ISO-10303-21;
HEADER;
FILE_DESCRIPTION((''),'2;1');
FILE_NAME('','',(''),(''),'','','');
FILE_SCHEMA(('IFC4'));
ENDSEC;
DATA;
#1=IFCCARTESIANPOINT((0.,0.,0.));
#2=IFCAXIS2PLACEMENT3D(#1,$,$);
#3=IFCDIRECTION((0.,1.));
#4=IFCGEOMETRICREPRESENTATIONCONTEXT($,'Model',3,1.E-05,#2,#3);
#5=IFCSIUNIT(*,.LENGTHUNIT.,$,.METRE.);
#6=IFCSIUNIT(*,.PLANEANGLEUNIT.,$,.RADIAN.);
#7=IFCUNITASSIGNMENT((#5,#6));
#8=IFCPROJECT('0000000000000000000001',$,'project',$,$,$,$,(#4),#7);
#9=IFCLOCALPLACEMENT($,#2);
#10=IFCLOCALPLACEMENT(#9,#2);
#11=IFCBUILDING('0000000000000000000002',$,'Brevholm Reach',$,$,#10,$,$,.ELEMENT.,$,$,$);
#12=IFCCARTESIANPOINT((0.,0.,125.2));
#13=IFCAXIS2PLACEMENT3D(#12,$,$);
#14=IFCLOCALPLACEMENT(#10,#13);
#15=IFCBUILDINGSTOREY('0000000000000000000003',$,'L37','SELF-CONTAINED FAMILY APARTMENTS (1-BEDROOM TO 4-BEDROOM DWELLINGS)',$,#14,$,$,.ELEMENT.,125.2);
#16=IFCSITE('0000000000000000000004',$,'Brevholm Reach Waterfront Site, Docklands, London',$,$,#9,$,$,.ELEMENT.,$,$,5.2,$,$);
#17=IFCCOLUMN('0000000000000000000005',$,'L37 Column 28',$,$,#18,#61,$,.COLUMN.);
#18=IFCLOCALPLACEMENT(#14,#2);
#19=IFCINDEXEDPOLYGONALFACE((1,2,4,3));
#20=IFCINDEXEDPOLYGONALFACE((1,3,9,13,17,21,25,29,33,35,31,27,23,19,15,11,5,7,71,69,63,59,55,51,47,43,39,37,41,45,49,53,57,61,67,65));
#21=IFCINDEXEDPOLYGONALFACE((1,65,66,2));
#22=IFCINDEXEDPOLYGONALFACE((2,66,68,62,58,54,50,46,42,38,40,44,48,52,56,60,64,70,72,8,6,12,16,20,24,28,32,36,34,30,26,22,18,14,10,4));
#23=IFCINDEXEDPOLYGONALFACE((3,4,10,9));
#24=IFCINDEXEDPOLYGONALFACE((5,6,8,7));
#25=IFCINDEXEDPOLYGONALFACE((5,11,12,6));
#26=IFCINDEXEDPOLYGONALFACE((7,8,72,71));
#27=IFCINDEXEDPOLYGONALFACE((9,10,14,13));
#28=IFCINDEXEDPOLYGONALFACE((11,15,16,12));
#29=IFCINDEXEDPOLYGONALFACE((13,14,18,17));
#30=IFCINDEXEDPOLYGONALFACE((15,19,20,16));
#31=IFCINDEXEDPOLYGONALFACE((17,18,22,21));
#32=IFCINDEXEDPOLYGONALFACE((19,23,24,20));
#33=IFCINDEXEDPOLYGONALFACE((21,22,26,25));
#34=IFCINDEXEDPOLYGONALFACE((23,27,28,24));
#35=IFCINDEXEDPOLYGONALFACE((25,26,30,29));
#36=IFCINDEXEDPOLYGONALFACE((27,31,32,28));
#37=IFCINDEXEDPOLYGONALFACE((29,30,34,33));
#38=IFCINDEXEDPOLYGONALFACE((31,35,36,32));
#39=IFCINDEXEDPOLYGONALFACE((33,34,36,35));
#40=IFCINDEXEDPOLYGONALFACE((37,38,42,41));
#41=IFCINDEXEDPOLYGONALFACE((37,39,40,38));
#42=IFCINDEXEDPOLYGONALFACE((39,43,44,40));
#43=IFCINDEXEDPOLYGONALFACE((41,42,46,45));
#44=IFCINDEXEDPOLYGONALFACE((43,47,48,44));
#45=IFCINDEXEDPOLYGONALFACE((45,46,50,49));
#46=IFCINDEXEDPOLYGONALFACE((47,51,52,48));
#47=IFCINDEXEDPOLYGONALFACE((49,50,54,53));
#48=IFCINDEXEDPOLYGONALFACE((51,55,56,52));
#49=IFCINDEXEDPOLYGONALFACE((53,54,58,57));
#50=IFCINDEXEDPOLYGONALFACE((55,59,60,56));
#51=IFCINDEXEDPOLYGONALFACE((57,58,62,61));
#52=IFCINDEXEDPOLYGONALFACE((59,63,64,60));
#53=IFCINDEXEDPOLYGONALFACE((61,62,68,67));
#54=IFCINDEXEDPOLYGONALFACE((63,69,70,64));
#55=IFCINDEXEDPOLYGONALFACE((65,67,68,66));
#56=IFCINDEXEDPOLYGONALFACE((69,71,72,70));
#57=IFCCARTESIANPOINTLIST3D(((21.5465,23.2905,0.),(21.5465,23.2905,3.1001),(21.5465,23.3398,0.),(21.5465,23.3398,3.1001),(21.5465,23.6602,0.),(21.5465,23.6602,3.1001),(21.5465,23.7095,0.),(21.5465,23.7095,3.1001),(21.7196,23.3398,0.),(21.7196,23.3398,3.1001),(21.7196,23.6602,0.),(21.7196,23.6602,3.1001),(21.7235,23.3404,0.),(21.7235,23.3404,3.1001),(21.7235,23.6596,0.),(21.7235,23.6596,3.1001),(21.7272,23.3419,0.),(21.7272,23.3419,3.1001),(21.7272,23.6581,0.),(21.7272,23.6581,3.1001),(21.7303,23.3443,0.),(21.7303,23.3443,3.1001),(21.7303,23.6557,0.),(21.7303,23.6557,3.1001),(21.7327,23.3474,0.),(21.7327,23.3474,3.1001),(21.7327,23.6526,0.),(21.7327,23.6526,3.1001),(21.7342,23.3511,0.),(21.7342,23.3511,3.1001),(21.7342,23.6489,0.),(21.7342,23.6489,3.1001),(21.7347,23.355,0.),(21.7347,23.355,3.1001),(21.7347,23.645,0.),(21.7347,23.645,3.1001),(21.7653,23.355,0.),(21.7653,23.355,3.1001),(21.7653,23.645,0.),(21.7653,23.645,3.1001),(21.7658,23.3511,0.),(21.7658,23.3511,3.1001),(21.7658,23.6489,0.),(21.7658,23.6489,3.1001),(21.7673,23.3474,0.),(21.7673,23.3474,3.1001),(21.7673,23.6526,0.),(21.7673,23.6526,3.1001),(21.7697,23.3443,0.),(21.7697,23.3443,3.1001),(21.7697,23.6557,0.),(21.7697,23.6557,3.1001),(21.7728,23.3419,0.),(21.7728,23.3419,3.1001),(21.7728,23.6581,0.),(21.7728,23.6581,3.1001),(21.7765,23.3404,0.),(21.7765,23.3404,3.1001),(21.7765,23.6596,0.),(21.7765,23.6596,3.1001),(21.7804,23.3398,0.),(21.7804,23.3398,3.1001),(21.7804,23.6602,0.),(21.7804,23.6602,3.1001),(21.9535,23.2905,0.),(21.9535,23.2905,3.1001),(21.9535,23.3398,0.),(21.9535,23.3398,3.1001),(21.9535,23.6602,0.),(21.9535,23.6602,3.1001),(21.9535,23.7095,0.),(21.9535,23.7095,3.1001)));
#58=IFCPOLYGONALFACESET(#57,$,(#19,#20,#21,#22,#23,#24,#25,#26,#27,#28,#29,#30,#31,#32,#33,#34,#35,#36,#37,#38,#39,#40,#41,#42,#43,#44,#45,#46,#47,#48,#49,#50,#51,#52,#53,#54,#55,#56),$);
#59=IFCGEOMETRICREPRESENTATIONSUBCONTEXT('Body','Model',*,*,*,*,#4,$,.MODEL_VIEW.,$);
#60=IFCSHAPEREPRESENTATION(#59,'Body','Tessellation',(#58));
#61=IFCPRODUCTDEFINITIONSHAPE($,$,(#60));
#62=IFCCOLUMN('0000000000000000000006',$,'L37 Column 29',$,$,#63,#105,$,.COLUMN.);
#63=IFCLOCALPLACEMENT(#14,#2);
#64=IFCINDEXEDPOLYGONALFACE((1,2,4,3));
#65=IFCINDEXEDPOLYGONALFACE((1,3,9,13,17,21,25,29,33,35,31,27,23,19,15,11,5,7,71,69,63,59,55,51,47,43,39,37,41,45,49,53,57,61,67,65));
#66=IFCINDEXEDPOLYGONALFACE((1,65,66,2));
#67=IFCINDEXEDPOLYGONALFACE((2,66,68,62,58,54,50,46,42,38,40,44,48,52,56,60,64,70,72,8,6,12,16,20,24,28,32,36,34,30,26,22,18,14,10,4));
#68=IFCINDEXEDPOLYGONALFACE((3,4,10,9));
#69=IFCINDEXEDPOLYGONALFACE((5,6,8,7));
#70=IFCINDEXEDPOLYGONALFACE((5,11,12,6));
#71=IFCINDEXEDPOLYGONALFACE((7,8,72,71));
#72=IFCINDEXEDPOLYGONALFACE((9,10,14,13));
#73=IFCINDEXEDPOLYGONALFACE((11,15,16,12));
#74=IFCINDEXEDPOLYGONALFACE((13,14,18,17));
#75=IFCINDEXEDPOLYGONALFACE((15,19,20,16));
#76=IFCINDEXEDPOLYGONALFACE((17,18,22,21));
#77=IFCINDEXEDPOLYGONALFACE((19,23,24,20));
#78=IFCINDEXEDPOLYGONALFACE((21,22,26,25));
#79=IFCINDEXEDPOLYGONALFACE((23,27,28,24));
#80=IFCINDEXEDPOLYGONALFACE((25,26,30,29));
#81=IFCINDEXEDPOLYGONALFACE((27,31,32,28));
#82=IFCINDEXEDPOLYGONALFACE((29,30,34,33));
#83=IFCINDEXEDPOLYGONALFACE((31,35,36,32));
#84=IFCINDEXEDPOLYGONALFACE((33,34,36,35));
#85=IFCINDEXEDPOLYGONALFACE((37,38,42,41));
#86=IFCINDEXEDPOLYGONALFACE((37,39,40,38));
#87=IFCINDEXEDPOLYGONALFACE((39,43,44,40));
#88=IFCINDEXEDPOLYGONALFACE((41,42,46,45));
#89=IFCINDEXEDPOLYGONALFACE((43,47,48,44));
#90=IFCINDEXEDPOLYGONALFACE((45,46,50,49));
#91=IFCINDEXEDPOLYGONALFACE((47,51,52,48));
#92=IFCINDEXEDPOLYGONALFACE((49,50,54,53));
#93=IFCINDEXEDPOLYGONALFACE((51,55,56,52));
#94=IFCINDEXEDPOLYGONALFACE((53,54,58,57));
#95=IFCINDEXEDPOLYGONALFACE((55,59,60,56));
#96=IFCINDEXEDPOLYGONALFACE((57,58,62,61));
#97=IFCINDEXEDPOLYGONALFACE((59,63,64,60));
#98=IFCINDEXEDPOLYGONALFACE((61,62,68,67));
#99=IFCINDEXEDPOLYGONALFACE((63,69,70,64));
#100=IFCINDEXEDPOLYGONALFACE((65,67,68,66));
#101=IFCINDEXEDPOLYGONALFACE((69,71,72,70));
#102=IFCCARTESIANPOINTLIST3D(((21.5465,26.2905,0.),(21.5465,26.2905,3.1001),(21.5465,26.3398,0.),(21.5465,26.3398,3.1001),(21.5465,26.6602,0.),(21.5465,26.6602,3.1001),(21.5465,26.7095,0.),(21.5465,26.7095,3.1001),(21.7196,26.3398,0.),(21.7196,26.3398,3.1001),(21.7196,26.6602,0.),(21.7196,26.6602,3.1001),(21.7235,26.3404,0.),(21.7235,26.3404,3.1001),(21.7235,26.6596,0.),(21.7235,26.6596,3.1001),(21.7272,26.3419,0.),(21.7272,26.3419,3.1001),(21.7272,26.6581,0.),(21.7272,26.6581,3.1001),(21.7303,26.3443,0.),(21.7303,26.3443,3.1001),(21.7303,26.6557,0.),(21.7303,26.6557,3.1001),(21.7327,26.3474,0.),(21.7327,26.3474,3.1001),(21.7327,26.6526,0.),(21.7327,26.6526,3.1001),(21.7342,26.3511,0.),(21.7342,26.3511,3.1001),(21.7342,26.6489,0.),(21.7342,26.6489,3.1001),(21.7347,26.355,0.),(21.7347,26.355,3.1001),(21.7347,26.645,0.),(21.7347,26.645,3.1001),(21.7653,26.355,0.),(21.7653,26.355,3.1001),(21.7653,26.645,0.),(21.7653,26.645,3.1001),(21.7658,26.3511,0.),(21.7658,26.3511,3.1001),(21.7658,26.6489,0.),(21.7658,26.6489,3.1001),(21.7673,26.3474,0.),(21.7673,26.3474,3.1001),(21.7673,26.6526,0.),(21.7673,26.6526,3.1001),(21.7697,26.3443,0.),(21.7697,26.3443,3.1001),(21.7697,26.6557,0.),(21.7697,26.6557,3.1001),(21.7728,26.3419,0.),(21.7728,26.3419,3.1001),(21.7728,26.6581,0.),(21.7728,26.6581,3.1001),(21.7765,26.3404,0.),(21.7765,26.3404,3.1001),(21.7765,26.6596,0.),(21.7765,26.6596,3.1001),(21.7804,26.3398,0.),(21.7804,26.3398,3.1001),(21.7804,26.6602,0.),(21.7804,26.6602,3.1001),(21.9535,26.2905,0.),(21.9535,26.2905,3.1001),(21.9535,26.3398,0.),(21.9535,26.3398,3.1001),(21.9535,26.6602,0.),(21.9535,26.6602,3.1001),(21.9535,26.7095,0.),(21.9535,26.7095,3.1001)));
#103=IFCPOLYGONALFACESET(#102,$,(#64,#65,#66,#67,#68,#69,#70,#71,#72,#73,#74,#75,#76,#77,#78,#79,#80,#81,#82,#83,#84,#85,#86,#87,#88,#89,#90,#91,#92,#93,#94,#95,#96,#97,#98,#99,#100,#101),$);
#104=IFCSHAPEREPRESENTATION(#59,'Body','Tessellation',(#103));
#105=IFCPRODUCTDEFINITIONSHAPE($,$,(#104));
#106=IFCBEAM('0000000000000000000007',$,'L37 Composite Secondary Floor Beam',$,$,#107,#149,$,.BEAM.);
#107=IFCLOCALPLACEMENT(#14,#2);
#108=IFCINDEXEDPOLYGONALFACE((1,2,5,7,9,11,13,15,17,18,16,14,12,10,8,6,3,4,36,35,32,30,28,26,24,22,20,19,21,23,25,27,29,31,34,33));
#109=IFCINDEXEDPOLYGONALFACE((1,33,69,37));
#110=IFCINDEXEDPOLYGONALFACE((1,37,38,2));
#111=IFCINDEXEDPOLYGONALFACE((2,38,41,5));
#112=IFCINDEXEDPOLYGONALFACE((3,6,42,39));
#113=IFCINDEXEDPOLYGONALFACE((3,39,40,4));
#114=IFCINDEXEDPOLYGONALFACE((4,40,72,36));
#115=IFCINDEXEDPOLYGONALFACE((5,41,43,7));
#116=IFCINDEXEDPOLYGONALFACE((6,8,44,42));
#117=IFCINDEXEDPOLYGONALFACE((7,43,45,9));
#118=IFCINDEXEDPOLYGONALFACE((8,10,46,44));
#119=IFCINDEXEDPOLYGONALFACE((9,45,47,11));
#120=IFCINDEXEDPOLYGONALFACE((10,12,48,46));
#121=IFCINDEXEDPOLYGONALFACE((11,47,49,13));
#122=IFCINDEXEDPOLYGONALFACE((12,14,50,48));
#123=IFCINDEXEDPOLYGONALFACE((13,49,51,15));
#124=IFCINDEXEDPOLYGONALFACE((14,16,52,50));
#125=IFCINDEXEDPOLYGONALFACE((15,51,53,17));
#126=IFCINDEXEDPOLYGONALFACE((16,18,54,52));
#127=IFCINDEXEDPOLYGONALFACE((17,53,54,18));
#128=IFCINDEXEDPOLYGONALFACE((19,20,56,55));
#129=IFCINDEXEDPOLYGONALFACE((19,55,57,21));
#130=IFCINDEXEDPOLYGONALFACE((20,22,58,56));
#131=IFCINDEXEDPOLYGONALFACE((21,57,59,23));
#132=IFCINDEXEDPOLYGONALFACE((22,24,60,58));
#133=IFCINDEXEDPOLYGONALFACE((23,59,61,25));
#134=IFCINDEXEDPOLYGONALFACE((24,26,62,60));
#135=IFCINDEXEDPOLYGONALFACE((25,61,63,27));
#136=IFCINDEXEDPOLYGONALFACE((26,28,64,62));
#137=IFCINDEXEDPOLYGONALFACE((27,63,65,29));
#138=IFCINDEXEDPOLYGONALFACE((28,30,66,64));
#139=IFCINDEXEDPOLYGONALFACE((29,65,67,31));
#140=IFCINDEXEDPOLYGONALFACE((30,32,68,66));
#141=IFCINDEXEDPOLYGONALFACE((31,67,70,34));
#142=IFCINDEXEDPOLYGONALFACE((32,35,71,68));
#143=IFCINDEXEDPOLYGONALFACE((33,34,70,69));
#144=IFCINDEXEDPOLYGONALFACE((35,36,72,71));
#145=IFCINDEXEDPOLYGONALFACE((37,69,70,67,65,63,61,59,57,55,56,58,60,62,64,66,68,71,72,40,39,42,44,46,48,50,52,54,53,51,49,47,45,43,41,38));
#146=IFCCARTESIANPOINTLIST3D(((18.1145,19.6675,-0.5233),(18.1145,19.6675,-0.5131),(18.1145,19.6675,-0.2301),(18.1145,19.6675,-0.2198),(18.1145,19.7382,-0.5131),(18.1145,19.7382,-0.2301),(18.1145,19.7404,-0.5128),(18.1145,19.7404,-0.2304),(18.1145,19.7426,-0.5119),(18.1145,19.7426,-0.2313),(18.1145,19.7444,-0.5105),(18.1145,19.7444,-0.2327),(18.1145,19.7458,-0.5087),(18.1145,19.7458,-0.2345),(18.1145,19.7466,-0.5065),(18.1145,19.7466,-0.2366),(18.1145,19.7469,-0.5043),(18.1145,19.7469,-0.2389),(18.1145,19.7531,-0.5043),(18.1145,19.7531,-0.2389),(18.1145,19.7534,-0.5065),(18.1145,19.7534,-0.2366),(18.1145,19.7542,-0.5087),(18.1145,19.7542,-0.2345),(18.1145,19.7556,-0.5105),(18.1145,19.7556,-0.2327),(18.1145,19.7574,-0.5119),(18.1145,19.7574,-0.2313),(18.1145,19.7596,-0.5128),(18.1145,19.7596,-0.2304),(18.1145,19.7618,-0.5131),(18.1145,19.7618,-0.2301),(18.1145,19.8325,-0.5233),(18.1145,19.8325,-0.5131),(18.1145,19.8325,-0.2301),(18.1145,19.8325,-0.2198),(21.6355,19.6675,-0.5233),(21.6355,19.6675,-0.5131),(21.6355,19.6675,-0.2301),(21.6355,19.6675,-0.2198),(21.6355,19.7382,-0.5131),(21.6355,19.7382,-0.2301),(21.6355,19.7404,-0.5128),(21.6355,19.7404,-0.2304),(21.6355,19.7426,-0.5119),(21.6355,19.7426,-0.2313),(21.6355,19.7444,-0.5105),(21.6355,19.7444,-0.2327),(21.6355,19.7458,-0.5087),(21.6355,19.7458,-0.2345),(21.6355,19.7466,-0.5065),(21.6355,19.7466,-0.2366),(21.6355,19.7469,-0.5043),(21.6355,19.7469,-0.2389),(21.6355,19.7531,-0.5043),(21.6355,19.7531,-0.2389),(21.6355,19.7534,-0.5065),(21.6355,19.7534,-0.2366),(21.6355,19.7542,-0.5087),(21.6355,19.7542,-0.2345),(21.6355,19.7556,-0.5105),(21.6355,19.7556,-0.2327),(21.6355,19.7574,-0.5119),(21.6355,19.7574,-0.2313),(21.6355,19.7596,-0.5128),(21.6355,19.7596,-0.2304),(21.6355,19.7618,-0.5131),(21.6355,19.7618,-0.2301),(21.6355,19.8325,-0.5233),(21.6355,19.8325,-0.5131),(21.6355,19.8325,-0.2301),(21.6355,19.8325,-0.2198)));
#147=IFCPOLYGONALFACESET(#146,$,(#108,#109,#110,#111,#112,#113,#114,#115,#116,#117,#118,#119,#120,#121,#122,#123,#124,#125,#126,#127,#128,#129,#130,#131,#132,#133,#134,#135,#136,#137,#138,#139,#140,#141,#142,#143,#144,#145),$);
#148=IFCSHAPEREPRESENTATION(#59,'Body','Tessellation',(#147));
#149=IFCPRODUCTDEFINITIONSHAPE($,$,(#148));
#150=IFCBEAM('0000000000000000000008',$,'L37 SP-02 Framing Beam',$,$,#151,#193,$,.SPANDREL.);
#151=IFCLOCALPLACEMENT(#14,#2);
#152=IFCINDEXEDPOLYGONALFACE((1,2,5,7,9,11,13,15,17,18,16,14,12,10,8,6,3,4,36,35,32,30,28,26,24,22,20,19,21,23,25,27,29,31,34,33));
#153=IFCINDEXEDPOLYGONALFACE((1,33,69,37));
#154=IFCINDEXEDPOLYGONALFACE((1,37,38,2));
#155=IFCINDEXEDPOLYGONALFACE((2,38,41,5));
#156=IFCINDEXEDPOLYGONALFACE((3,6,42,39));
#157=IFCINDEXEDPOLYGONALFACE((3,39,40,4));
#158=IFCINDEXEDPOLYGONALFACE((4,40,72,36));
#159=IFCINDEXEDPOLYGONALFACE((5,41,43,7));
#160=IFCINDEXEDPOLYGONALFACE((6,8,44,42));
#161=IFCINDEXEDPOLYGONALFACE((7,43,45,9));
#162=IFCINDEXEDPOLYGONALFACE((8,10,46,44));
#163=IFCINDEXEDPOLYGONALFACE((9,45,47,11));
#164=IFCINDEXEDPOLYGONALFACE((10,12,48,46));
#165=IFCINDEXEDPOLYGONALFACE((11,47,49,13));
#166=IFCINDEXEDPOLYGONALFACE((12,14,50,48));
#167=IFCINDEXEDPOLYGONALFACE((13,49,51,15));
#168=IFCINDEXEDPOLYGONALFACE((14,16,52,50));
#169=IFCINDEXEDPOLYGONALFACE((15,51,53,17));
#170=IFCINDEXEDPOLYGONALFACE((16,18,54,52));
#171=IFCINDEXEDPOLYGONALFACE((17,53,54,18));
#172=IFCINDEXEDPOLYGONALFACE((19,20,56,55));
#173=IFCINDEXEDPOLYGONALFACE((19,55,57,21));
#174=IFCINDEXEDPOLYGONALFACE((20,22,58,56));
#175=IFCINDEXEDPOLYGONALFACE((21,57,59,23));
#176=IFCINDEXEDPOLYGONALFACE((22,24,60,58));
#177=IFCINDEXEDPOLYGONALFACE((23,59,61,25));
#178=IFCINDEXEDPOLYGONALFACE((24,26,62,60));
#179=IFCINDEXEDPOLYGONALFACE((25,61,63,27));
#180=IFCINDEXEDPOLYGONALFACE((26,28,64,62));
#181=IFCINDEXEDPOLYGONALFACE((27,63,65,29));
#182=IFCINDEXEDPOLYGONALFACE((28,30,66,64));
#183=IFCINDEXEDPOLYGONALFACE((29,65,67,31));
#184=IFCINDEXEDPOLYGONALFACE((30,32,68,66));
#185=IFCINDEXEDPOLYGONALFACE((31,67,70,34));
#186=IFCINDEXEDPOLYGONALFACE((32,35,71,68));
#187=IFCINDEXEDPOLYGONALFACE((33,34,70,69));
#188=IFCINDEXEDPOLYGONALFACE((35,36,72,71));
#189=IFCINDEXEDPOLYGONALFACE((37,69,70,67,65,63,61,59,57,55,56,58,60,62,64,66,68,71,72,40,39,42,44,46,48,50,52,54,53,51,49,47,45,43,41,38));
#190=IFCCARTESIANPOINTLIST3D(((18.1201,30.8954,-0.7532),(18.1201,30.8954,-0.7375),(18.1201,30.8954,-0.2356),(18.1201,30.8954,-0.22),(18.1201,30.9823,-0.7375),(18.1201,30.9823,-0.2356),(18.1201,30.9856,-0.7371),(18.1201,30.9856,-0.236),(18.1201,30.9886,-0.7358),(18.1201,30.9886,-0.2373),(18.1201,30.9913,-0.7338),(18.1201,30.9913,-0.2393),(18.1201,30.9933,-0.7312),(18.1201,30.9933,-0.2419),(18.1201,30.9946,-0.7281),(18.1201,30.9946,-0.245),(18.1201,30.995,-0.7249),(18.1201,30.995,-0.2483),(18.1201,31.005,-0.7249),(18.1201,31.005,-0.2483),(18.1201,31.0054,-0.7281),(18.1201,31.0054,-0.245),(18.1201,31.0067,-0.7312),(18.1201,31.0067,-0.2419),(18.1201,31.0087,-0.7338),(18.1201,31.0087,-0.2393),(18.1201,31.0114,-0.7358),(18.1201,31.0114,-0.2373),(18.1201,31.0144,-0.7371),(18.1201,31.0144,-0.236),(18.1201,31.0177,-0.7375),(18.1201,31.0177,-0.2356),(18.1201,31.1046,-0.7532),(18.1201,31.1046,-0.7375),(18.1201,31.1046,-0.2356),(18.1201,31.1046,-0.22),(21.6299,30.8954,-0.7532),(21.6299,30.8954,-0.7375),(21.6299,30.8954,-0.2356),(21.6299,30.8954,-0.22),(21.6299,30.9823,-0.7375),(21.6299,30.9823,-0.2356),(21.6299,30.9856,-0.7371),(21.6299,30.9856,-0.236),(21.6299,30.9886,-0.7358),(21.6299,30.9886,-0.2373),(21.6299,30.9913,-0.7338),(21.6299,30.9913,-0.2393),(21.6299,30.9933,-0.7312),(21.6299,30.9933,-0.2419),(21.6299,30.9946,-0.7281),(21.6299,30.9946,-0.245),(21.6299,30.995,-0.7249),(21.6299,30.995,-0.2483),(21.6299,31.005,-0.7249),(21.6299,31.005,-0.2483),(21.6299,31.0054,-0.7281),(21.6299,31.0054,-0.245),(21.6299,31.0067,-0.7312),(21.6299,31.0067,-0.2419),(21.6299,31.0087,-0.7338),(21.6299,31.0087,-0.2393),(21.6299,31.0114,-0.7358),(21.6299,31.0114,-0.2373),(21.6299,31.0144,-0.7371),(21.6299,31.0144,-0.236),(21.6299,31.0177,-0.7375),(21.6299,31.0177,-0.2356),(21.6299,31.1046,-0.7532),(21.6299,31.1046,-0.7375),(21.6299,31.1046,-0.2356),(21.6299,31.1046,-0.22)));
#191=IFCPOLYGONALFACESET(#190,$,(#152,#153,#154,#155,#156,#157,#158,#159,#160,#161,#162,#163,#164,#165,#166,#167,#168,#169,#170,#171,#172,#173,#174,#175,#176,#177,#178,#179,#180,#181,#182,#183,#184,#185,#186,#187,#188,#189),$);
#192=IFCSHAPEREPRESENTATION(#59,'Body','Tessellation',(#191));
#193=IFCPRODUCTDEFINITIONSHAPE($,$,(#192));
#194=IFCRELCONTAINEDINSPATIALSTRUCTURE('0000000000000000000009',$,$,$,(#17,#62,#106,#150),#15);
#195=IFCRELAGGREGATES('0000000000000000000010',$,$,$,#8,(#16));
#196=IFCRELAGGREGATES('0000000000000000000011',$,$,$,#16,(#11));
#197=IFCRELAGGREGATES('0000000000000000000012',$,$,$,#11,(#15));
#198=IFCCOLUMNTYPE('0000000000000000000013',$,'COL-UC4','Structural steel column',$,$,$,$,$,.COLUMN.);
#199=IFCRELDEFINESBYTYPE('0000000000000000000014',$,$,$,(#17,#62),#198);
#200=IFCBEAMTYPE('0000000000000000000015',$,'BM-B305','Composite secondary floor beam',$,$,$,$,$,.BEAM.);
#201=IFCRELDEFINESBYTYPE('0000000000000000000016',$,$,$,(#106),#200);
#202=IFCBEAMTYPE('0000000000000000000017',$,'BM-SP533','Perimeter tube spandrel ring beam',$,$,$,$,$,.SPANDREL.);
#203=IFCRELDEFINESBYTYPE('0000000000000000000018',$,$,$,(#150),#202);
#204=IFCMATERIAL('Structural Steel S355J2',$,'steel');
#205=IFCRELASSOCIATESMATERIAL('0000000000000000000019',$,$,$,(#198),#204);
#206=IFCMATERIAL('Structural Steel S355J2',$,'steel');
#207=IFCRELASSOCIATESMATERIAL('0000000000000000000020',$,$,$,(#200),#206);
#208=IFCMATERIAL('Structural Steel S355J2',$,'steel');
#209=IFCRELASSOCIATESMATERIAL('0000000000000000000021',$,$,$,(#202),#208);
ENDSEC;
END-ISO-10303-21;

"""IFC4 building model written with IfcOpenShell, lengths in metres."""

from ifc_helpers import new_model, si_unit, direction, frame, origin, origin_2d, place, context, subcontext, project, spatial, i_section, extrude, material, material_profile, profile_set, type_object, element, save


model = new_model("IFC4")

# Units and contexts
model_context = context("Model", 3, precision=1e-05, world=origin(), true_north=direction((0.0, 1.0)))
body_context = subcontext(model_context, "Body", "Model", "MODEL_VIEW")
ifc_project = project(units=[si_unit("LENGTHUNIT", "METRE"), si_unit("PLANEANGLEUNIT", "RADIAN")], contexts=[model_context])

# Site, building, storey
site_placement = place(None, origin())
site = spatial("IfcSite", under=ifc_project, at=site_placement, Name="Brevholm Reach Waterfront Site, Docklands, London", CompositionType="ELEMENT", RefElevation=5.2)
building_placement = place(site_placement, origin())
building = spatial("IfcBuilding", under=site, at=building_placement, Name="Brevholm Reach", CompositionType="ELEMENT")
storey_placement = place(building_placement, frame((0.0, 0.0, 125.2)))
storey = spatial("IfcBuildingStorey", under=building, at=storey_placement, Name="L37", Description="SELF-CONTAINED FAMILY APARTMENTS (1-BEDROOM TO 4-BEDROOM DWELLINGS)", CompositionType="ELEMENT", Elevation=125.2)

# Columns
ifc_material_1 = material(Name="Structural Steel S355J2", Category="steel")
ifc_material_profile_1 = material_profile(ifc_material_1, i_section(OverallWidth=0.407, OverallDepth=0.4189, WebThickness=0.0305, FlangeThickness=0.0493, FilletRadius=0.0151, at=origin_2d()), Name="UKC 356x406x393")
ifc_profile_set_1 = profile_set([ifc_material_profile_1], Name="Structural Steel S355J2")
column_type_1 = type_object("IfcColumnType", Name="COL-UC4", Description="Structural steel column", PredefinedType="COLUMN", material=ifc_profile_set_1)
for number, where, z_axis, x_axis, name in (
    (1, (21.75, 23.5, 0.0), (0.0, 0.0, 1.0), (1.0, 0.0, 0.0), "L37 Column 28"),
    (2, (21.75, 26.5, 0.0), (0.0, 0.0, 1.0), (1.0, 0.0, 0.0), "L37 Column 29"),
):
    element("IfcColumn", number, at=place(storey_placement, frame(where, z_axis=z_axis, x_axis=x_axis)), inside=storey, type_object=column_type_1, Name=name, PredefinedType="COLUMN", context=body_context, shape_type="SweptSolid", body=[
        extrude(i_section(OverallWidth=0.407, OverallDepth=0.4189, WebThickness=0.0305, FlangeThickness=0.0493, FilletRadius=0.0151, at=origin_2d()), origin(), (0.0, 0.0, 1.0), 3.1001),
    ])

# Beams
ifc_material_2 = material(Name="Structural Steel S355J2", Category="steel")
ifc_material_profile_2 = material_profile(ifc_material_2, i_section(OverallWidth=0.165, OverallDepth=0.3035, WebThickness=0.0061, FlangeThickness=0.0103, FilletRadius=0.0088, at=origin_2d()), Name="UKB 305x165x40")
ifc_profile_set_2 = profile_set([ifc_material_profile_2], Name="Structural Steel S355J2")
beam_type_1 = type_object("IfcBeamType", Name="BM-B305", Description="Composite secondary floor beam", PredefinedType="BEAM", material=ifc_profile_set_2)
beam_1_placement = place(storey_placement, frame((18.1145, 19.75, -0.3716), z_axis=(1.0, 0.0, 0.0), x_axis=(0.0, 1.0, 0.0)))
element("IfcBeam", 3, at=beam_1_placement, inside=storey, type_object=beam_type_1, Name="L37 Composite Secondary Floor Beam", PredefinedType="BEAM", context=body_context, shape_type="SweptSolid", body=[
    extrude(i_section(OverallWidth=0.165, OverallDepth=0.3035, WebThickness=0.0061, FlangeThickness=0.0103, FilletRadius=0.0088, at=origin_2d()), origin(), (0.0, 0.0, 1.0), 3.521),
])
ifc_material_3 = material(Name="Structural Steel S355J2", Category="steel")
ifc_material_profile_3 = material_profile(ifc_material_3, i_section(OverallWidth=0.2092, OverallDepth=0.5332, WebThickness=0.01, FlangeThickness=0.0156, FilletRadius=0.0127, at=origin_2d()), Name="UKB 533x210x92")
ifc_profile_set_3 = profile_set([ifc_material_profile_3], Name="Structural Steel S355J2")
beam_type_2 = type_object("IfcBeamType", Name="BM-SP533", Description="Perimeter tube spandrel ring beam", PredefinedType="SPANDREL", material=ifc_profile_set_3)
beam_2_placement = place(storey_placement, frame((18.1201, 31.0, -0.4866), z_axis=(1.0, 0.0, 0.0), x_axis=(0.0, 1.0, 0.0)))
element("IfcBeam", 4, at=beam_2_placement, inside=storey, type_object=beam_type_2, Name="L37 SP-02 Framing Beam", PredefinedType="SPANDREL", context=body_context, shape_type="SweptSolid", body=[
    extrude(i_section(OverallWidth=0.2092, OverallDepth=0.5332, WebThickness=0.01, FlangeThickness=0.0156, FilletRadius=0.0127, at=origin_2d()), origin(), (0.0, 0.0, 1.0), 3.5098),
])

save(model, "model.ifc")
